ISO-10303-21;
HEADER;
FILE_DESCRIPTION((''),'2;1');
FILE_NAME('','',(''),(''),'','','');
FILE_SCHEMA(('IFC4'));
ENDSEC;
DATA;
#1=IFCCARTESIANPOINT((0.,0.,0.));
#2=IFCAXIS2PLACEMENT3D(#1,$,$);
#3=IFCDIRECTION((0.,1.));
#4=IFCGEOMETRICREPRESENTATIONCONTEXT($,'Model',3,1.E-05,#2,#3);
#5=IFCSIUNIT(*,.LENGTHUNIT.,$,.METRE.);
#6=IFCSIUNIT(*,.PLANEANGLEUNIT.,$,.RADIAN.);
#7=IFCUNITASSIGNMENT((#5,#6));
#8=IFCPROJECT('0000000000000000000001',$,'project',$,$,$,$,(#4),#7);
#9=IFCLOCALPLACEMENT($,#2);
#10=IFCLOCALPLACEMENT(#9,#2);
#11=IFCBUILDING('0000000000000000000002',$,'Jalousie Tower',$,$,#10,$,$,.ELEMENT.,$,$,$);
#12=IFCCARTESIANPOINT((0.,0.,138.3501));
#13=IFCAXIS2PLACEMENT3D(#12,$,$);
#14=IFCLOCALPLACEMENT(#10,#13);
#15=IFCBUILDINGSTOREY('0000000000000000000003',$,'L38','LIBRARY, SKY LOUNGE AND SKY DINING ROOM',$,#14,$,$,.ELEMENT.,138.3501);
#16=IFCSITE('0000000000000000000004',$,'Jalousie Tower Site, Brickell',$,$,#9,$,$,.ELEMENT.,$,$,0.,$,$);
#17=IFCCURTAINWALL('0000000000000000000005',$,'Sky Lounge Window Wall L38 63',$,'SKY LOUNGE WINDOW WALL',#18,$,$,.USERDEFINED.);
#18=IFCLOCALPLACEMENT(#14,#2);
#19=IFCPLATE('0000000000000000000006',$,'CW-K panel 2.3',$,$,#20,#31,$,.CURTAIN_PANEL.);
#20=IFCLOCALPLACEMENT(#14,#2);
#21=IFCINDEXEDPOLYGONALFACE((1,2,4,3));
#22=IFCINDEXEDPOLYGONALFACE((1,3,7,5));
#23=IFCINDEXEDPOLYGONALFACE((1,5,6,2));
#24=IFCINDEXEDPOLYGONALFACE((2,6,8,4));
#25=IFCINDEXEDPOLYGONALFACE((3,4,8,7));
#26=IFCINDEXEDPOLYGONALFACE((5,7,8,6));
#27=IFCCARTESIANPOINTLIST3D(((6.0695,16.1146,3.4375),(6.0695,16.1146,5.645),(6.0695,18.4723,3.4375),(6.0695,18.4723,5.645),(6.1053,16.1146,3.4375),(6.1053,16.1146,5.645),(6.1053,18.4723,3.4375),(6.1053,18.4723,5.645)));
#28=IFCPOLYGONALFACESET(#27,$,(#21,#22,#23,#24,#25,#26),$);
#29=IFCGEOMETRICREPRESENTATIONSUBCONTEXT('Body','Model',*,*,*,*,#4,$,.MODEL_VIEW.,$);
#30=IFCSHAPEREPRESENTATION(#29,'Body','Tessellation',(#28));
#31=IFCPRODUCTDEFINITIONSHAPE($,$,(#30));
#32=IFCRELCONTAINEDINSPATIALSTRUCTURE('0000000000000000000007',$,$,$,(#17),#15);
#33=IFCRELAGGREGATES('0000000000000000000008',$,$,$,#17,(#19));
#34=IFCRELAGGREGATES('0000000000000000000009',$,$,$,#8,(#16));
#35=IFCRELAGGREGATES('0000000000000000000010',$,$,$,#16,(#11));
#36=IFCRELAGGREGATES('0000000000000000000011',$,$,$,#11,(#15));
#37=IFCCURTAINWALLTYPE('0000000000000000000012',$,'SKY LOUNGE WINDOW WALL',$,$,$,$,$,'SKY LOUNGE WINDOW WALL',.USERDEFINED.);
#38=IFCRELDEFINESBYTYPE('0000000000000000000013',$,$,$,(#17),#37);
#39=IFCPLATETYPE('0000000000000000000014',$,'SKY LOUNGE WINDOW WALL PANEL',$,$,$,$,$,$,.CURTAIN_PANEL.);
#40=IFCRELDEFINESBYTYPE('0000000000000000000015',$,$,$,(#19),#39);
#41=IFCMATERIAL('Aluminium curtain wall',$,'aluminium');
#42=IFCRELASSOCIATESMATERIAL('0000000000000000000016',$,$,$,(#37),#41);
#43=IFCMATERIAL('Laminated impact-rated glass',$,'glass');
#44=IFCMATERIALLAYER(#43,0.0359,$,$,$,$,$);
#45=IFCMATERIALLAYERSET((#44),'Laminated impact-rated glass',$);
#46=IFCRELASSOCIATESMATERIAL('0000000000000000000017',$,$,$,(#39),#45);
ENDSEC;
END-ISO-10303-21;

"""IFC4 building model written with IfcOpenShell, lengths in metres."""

from ifc_helpers import new_model, si_unit, direction, frame, origin, origin_2d, place, context, subcontext, project, spatial, rectangle, extrude, material, layer, layer_set, type_object, element, aggregate, save


model = new_model("IFC4")

# Units and contexts
model_context = context("Model", 3, precision=1e-05, world=origin(), true_north=direction((0.0, 1.0)))
body_context = subcontext(model_context, "Body", "Model", "MODEL_VIEW")
ifc_project = project(units=[si_unit("LENGTHUNIT", "METRE"), si_unit("PLANEANGLEUNIT", "RADIAN")], contexts=[model_context])

# Site, building, storey
site_placement = place(None, origin())
site = spatial("IfcSite", under=ifc_project, at=site_placement, Name="Jalousie Tower Site, Brickell", CompositionType="ELEMENT", RefElevation=0.0)
building_placement = place(site_placement, origin())
building = spatial("IfcBuilding", under=site, at=building_placement, Name="Jalousie Tower", CompositionType="ELEMENT")
storey_placement = place(building_placement, frame((0.0, 0.0, 138.3501)))
storey = spatial("IfcBuildingStorey", under=building, at=storey_placement, Name="L38", Description="LIBRARY, SKY LOUNGE AND SKY DINING ROOM", CompositionType="ELEMENT", Elevation=138.3501)

# Curtain wall
ifc_material_1 = material(Name="Aluminium curtain wall", Category="aluminium")
curtain_wall_type_1 = type_object("IfcCurtainWallType", Name="SKY LOUNGE WINDOW WALL", ElementType="SKY LOUNGE WINDOW WALL", PredefinedType="USERDEFINED", material=ifc_material_1)
curtain_wall_1_placement = place(storey_placement, origin())
curtain_wall_1 = element("IfcCurtainWall", 1, at=curtain_wall_1_placement, inside=storey, type_object=curtain_wall_type_1, Name="Sky Lounge Window Wall L38 63", ObjectType="SKY LOUNGE WINDOW WALL", PredefinedType="USERDEFINED")

# Plate
ifc_material_2 = material(Name="Laminated impact-rated glass", Category="glass")
ifc_layer_1 = layer(ifc_material_2, 0.0359)
ifc_layer_set_1 = layer_set([ifc_layer_1], Name="Laminated impact-rated glass")
plate_type_1 = type_object("IfcPlateType", Name="SKY LOUNGE WINDOW WALL PANEL", PredefinedType="CURTAIN_PANEL", material=ifc_layer_set_1)
plate_1_placement = place(storey_placement, frame((6.0874, 17.2935, 3.4375), z_axis=(0.0, 0.0, 1.0), x_axis=(0.0, -1.0, 0.0)))
plate_1 = element("IfcPlate", 2, at=plate_1_placement, type_object=plate_type_1, Name="CW-K panel 2.3", PredefinedType="CURTAIN_PANEL", context=body_context, shape_type="SweptSolid", body=[
    extrude(rectangle(XDim=2.3577, YDim=0.0359, at=origin_2d()), origin(), (0.0, 0.0, 1.0), 2.2075),
])
aggregate(curtain_wall_1, [plate_1])

save(model, "model.ifc")
